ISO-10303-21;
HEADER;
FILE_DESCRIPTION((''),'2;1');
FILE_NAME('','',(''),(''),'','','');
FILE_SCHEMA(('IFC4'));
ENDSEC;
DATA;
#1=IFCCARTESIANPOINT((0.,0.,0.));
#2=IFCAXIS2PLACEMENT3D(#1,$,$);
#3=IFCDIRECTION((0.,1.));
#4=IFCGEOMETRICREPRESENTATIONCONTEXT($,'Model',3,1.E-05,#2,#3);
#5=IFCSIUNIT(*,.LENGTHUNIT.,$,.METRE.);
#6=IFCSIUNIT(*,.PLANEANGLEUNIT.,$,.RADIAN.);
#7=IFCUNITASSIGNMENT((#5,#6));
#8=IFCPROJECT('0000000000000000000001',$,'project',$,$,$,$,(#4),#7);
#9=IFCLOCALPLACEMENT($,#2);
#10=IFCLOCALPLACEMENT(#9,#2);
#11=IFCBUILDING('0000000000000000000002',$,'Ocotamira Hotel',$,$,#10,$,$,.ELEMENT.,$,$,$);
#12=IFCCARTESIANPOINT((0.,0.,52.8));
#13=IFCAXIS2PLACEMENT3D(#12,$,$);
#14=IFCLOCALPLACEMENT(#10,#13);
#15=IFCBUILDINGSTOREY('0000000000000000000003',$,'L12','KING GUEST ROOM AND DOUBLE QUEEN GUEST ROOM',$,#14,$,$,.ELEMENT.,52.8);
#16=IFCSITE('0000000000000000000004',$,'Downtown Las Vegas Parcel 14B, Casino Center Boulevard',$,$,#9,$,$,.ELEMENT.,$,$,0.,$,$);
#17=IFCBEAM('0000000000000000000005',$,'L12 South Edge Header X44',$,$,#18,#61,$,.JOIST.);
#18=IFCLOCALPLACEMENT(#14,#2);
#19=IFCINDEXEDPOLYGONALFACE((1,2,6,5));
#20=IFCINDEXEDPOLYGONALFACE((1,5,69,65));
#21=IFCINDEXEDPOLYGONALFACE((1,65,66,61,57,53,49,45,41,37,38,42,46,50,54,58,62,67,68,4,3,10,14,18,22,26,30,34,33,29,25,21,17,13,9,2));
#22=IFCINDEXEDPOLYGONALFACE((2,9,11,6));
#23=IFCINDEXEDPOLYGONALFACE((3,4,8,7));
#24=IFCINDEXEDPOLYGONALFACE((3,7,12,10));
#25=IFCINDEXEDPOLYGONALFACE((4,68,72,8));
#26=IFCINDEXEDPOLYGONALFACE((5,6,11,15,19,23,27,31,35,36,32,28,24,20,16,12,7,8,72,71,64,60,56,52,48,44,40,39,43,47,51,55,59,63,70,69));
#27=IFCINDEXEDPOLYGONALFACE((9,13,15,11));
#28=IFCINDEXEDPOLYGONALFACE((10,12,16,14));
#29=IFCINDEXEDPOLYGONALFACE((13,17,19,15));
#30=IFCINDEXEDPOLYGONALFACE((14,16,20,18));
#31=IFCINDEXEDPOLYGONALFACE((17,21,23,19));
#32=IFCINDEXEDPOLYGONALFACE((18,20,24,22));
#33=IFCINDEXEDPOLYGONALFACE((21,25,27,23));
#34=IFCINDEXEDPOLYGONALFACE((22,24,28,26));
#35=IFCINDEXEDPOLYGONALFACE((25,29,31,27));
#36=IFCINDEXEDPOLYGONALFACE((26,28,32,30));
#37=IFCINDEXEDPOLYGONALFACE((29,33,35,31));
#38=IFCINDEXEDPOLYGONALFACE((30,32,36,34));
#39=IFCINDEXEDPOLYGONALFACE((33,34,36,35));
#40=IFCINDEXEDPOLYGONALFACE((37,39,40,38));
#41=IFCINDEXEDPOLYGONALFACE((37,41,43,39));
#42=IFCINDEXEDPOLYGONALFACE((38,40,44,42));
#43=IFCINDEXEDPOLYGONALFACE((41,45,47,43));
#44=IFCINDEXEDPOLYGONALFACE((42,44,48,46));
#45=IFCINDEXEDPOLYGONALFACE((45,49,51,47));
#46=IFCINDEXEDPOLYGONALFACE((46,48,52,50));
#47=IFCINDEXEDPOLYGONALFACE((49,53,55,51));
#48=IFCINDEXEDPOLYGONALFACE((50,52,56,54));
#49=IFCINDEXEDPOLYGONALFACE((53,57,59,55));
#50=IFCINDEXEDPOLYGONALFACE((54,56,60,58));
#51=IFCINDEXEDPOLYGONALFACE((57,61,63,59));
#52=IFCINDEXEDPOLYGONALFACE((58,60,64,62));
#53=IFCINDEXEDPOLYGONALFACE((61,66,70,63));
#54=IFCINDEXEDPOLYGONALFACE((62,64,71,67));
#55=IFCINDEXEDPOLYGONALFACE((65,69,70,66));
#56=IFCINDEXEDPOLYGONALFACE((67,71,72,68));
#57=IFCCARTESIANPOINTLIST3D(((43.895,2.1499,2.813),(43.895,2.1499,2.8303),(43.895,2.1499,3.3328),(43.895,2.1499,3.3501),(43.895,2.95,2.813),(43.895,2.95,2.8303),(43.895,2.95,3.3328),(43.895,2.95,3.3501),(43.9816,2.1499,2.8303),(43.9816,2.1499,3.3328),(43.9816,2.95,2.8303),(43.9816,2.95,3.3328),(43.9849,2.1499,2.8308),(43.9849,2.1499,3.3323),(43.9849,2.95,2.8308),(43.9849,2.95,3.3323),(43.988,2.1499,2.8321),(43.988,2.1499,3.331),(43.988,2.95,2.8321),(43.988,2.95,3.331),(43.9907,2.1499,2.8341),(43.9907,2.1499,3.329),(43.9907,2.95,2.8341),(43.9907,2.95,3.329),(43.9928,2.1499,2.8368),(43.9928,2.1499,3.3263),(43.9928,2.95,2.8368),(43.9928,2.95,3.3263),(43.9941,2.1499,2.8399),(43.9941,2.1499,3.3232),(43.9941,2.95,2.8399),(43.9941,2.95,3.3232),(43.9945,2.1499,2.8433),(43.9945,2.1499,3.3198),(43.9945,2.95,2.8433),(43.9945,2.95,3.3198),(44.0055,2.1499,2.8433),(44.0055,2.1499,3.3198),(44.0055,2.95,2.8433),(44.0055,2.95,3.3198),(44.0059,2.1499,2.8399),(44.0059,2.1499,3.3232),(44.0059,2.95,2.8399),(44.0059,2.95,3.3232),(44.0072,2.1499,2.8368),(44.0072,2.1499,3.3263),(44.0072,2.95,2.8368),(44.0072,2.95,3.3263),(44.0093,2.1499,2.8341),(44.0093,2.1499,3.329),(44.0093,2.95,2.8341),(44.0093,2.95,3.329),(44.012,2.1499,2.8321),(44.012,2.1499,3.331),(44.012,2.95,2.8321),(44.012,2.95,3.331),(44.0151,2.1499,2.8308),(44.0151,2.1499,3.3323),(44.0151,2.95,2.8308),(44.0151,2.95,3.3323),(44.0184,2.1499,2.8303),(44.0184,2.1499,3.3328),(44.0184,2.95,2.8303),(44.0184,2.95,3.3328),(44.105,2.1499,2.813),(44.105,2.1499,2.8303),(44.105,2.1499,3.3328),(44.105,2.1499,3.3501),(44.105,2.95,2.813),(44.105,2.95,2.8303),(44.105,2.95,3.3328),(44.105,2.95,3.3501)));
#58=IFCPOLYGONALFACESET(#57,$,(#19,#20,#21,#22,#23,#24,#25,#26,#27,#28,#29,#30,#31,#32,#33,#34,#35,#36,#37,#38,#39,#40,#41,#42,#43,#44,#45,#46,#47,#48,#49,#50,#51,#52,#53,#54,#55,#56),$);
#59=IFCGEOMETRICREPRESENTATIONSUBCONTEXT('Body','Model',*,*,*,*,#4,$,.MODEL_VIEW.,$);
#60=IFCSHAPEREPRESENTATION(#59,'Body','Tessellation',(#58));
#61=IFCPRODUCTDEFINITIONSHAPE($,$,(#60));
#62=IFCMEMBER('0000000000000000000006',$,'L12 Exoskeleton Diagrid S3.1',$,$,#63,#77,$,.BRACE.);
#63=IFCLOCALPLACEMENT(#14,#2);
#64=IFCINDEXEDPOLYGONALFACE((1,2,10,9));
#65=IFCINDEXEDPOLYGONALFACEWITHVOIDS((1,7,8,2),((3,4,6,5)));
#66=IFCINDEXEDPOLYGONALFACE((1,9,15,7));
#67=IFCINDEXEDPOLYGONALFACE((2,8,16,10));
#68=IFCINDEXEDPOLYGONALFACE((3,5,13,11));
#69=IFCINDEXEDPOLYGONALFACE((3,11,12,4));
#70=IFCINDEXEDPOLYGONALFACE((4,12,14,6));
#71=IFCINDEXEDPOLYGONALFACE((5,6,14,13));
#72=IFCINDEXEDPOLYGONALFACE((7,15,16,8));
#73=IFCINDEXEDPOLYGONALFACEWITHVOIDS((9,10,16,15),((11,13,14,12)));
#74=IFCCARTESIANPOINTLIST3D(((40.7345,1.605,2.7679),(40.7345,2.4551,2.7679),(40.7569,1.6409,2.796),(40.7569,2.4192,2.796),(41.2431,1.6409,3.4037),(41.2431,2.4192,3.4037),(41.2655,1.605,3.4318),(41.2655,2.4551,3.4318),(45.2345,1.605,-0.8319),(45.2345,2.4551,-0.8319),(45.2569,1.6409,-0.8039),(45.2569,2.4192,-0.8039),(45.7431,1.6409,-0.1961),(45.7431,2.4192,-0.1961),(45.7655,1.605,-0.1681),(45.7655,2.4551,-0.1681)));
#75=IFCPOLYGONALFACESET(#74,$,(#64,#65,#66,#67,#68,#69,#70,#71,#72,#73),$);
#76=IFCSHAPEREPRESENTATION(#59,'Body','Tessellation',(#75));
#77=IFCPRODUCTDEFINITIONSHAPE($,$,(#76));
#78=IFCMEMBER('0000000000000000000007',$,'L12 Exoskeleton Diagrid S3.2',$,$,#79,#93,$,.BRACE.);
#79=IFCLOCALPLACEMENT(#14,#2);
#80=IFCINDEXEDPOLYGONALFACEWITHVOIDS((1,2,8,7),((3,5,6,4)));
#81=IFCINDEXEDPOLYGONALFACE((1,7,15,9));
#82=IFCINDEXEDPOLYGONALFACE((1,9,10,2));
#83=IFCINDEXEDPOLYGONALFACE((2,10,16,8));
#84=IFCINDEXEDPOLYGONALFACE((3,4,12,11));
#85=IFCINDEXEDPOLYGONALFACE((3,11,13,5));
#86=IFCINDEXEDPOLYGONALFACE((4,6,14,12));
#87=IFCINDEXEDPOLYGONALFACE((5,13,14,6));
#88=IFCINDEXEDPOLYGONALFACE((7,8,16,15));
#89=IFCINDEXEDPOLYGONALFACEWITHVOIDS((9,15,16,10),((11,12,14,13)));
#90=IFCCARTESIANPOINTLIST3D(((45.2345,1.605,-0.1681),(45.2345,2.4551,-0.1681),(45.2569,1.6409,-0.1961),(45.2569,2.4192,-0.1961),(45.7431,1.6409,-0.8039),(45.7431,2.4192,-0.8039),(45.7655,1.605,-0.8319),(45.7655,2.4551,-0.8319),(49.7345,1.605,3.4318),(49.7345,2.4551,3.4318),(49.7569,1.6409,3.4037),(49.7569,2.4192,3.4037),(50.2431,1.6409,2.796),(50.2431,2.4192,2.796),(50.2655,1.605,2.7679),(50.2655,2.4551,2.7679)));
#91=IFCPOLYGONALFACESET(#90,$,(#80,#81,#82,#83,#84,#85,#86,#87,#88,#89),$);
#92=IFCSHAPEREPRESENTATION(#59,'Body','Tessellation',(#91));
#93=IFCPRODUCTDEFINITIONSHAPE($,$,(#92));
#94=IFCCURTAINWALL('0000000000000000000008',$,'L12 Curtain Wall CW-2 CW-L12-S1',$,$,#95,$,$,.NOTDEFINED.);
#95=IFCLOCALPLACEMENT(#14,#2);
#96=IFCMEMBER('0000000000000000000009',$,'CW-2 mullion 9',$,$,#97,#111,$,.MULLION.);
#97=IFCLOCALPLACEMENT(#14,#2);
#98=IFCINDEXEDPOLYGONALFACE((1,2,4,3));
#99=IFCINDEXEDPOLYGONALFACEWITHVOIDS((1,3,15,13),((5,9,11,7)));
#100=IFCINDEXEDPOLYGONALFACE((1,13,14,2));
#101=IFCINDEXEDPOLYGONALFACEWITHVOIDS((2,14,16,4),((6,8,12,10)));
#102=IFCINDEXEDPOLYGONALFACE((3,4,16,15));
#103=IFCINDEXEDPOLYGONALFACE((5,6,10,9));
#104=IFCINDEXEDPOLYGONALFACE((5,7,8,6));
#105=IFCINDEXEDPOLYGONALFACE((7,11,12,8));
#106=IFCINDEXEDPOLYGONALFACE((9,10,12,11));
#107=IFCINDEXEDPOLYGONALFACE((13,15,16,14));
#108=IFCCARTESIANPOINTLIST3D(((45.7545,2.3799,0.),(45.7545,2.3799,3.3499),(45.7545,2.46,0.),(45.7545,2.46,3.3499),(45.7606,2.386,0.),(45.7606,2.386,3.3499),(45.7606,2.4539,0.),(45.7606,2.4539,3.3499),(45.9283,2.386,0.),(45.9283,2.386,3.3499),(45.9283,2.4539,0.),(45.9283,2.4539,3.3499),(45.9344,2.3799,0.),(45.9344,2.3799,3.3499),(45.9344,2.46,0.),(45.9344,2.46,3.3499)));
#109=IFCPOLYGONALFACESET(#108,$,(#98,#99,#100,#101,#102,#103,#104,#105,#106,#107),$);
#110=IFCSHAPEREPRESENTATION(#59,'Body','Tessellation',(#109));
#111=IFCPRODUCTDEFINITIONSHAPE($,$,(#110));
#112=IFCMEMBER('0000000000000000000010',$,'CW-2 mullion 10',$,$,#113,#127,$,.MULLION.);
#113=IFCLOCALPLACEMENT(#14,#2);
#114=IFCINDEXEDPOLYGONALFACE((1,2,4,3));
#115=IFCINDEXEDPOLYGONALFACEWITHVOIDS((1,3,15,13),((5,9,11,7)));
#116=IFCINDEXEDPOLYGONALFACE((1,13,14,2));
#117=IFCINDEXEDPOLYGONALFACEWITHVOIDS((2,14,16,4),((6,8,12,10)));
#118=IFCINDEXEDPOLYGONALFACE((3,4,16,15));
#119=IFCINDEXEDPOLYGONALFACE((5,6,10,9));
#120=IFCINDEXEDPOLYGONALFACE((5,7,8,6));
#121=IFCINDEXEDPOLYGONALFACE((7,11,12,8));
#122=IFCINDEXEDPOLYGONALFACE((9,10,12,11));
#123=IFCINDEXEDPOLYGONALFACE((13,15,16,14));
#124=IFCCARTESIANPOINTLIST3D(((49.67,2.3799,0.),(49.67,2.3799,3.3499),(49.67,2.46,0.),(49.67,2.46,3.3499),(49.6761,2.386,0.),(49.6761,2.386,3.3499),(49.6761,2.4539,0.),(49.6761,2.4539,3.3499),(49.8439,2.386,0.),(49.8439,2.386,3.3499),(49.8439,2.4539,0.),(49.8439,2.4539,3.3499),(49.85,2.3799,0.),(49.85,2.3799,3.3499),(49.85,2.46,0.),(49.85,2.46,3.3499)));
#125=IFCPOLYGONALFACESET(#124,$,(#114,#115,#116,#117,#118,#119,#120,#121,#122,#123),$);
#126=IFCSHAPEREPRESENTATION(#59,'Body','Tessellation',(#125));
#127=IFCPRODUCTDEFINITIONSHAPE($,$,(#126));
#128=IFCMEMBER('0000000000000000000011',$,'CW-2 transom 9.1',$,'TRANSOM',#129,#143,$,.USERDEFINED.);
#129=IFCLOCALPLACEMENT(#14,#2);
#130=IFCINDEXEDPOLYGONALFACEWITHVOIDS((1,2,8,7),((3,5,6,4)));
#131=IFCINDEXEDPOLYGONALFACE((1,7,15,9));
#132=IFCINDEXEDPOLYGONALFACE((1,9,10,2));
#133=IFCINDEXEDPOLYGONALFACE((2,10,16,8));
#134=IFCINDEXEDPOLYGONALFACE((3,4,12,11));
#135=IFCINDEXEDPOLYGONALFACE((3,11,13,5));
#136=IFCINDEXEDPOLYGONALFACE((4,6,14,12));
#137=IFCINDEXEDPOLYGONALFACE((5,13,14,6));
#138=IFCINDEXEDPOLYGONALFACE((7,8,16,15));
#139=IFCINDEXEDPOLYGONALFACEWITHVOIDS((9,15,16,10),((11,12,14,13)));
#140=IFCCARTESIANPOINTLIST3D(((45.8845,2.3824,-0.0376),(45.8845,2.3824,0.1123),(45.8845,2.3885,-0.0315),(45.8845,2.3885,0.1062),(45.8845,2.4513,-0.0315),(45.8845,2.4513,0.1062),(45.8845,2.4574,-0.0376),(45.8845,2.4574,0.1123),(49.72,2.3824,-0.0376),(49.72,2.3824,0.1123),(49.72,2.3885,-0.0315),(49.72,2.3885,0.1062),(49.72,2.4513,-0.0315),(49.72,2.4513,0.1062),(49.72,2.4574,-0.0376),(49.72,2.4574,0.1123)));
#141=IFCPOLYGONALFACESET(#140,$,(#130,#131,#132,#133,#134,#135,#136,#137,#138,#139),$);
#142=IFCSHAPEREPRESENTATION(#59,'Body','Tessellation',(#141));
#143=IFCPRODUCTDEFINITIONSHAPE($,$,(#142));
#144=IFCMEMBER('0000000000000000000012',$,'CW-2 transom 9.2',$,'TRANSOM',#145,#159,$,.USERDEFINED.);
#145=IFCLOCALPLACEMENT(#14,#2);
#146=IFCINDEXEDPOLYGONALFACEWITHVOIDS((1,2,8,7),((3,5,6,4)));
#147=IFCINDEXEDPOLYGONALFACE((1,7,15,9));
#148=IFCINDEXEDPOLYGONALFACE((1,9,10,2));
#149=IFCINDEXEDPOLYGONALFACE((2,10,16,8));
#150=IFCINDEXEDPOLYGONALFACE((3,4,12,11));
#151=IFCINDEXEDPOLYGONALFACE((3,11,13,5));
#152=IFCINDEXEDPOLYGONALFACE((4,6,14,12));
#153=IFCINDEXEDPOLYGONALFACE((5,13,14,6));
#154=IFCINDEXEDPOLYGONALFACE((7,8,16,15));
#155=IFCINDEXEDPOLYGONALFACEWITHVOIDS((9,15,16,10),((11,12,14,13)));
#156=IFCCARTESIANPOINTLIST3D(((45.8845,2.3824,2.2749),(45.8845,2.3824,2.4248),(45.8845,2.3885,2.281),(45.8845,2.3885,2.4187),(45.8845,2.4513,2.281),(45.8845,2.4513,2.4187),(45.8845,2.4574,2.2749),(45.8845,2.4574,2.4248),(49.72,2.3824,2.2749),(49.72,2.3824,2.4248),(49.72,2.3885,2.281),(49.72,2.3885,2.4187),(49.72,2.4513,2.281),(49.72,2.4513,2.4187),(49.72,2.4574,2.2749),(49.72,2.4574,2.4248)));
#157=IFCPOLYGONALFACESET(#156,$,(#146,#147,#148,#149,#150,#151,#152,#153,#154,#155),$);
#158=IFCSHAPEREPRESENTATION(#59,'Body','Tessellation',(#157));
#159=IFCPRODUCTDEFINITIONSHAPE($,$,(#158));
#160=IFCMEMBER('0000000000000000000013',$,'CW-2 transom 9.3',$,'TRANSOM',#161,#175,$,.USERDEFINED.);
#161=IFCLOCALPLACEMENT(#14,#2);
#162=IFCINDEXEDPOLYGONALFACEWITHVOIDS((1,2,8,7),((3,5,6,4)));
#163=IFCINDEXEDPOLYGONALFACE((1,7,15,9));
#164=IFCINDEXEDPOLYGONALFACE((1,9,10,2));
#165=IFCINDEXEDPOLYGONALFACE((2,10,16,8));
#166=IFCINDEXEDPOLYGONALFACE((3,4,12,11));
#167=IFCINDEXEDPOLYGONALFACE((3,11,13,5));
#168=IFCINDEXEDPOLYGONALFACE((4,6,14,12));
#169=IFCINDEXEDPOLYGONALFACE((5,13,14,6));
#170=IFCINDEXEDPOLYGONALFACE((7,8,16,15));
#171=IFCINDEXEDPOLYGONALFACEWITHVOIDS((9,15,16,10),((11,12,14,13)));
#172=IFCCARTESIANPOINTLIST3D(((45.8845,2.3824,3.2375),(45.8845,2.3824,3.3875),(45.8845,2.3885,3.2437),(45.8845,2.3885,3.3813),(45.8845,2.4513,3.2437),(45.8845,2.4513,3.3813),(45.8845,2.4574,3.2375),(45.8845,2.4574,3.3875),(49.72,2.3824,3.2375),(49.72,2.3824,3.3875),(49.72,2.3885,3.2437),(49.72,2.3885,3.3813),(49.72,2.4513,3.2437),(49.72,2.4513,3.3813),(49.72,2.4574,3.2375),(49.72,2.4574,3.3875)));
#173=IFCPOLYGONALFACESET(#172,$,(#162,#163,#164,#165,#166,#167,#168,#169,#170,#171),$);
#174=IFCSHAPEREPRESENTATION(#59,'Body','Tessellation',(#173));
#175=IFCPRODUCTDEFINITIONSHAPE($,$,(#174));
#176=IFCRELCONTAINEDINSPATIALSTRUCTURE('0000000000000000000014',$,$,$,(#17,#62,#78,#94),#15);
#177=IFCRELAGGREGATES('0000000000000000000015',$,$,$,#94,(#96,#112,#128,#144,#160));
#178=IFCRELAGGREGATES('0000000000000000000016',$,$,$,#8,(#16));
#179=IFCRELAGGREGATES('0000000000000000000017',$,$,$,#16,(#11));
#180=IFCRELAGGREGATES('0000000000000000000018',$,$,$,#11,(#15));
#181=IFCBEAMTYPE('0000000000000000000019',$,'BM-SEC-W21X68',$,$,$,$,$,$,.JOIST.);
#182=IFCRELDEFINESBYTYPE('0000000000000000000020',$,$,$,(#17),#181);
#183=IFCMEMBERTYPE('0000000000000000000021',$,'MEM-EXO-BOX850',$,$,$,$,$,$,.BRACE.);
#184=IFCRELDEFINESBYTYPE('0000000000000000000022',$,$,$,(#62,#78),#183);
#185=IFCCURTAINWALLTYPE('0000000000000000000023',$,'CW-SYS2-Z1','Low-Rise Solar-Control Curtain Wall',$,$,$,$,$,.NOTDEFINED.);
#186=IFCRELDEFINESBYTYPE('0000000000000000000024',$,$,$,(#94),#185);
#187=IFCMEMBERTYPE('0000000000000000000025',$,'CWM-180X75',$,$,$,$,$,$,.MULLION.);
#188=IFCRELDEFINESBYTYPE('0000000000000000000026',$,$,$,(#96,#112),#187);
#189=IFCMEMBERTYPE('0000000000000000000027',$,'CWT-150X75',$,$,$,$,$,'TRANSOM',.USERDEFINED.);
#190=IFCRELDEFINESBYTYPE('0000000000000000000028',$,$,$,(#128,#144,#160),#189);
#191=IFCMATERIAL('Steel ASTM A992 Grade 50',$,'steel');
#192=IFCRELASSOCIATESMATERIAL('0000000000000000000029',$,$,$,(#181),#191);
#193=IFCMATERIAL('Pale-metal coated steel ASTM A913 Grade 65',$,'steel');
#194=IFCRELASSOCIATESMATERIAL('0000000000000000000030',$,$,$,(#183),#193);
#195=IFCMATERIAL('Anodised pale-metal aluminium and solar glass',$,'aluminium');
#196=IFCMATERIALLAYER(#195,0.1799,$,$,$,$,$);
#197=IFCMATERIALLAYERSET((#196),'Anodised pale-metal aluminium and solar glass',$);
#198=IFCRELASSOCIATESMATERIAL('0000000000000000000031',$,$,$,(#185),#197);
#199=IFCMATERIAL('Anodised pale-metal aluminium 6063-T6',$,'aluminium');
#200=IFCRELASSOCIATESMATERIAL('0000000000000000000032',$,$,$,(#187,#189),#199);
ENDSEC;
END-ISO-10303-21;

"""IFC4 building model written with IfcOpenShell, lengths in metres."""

from ifc_helpers import new_model, si_unit, direction, frame, origin, origin_2d, place, context, subcontext, project, spatial, hollow_rectangle, i_section, extrude, source, transform, mapped, material, layer, layer_set, material_profile, profile_set, type_object, element, aggregate, save


model = new_model("IFC4")

# Units and contexts
model_context = context("Model", 3, precision=1e-05, world=origin(), true_north=direction((0.0, 1.0)))
body_context = subcontext(model_context, "Body", "Model", "MODEL_VIEW")
ifc_project = project(units=[si_unit("LENGTHUNIT", "METRE"), si_unit("PLANEANGLEUNIT", "RADIAN")], contexts=[model_context])

# Site, building, storey
site_placement = place(None, origin())
site = spatial("IfcSite", under=ifc_project, at=site_placement, Name="Downtown Las Vegas Parcel 14B, Casino Center Boulevard", CompositionType="ELEMENT", RefElevation=0.0)
building_placement = place(site_placement, origin())
building = spatial("IfcBuilding", under=site, at=building_placement, Name="Ocotamira Hotel", CompositionType="ELEMENT")
storey_placement = place(building_placement, frame((0.0, 0.0, 52.8)))
storey = spatial("IfcBuildingStorey", under=building, at=storey_placement, Name="L12", Description="KING GUEST ROOM AND DOUBLE QUEEN GUEST ROOM", CompositionType="ELEMENT", Elevation=52.8)

# Beam
ifc_material_1 = material(Name="Steel ASTM A992 Grade 50", Category="steel")
ifc_material_profile_1 = material_profile(ifc_material_1, i_section(OverallWidth=0.21, OverallDepth=0.5371, WebThickness=0.011, FlangeThickness=0.0173, FilletRadius=0.0129, at=origin_2d()), Name="W21X68")
ifc_profile_set_1 = profile_set([ifc_material_profile_1], Name="Steel ASTM A992 Grade 50")
beam_type = type_object("IfcBeamType", Name="BM-SEC-W21X68", PredefinedType="JOIST", material=ifc_profile_set_1)
shared_shape_1 = source(origin(), body_context, "Body", "SweptSolid", [
    extrude(i_section(OverallWidth=0.21, OverallDepth=0.5371, WebThickness=0.011, FlangeThickness=0.0173, FilletRadius=0.0129, at=origin_2d()), origin(), (0.0, 0.0, 1.0), 0.8),
])
beam_placement = place(storey_placement, frame((44.0, 2.95, 3.0815), z_axis=(0.0, -1.0, 0.0), x_axis=(1.0, 0.0, 0.0)))
element("IfcBeam", 1, at=beam_placement, inside=storey, type_object=beam_type, Name="L12 South Edge Header X44", PredefinedType="JOIST", context=body_context, shape_type="MappedRepresentation", body=[
    mapped(shared_shape_1, transform((0.0, 0.0, 0.0), scale=1.0)),
])

# Members
ifc_material_2 = material(Name="Pale-metal coated steel ASTM A913 Grade 65", Category="steel")
ifc_material_profile_2 = material_profile(ifc_material_2, hollow_rectangle(XDim=0.8501, YDim=0.8501, WallThickness=0.0359, at=origin_2d()), Name="BOX850X850X36")
ifc_profile_set_2 = profile_set([ifc_material_profile_2], Name="Pale-metal coated steel ASTM A913 Grade 65")
member_type_1 = type_object("IfcMemberType", Name="MEM-EXO-BOX850", PredefinedType="BRACE", material=ifc_profile_set_2)
shared_shape_2 = source(origin(), body_context, "Body", "SweptSolid", [
    extrude(hollow_rectangle(XDim=0.8501, YDim=0.8501, WallThickness=0.0359, at=origin_2d()), origin(), (0.0, 0.0, 1.0), 5.7627),
])
for number, where, z_axis, x_axis, name in (
    (2, (45.5, 2.03, -0.5), (-0.780881, 0.0, 0.62468), (0.0, -1.0, 0.0), "L12 Exoskeleton Diagrid S3.1"),
    (3, (45.5, 2.03, -0.5), (0.780881, 0.0, 0.62468), (0.0, 1.0, 0.0), "L12 Exoskeleton Diagrid S3.2"),
):
    element("IfcMember", number, at=place(storey_placement, frame(where, z_axis=z_axis, x_axis=x_axis)), inside=storey, type_object=member_type_1, Name=name, PredefinedType="BRACE", context=body_context, shape_type="MappedRepresentation", body=[
        mapped(shared_shape_2, transform((0.0, 0.0, 0.0), scale=1.0)),
    ])

# Curtain wall, members
ifc_material_3 = material(Name="Anodised pale-metal aluminium and solar glass", Category="aluminium")
ifc_layer_1 = layer(ifc_material_3, 0.1799)
ifc_layer_set_1 = layer_set([ifc_layer_1], Name="Anodised pale-metal aluminium and solar glass")
curtain_wall_type = type_object("IfcCurtainWallType", Name="CW-SYS2-Z1", Description="Low-Rise Solar-Control Curtain Wall", PredefinedType="NOTDEFINED", material=ifc_layer_set_1)
curtain_wall_placement = place(storey_placement, origin())
curtain_wall = element("IfcCurtainWall", 4, at=curtain_wall_placement, inside=storey, type_object=curtain_wall_type, Name="L12 Curtain Wall CW-2 CW-L12-S1", PredefinedType="NOTDEFINED")
ifc_material_4 = material(Name="Anodised pale-metal aluminium 6063-T6", Category="aluminium")
ifc_material_profile_3 = material_profile(ifc_material_4, hollow_rectangle(XDim=0.0801, YDim=0.1799, WallThickness=0.0061, at=origin_2d()), Name="HSS180X80X6")
ifc_profile_set_3 = profile_set([ifc_material_profile_3], Name="Anodised pale-metal aluminium 6063-T6")
member_type_2 = type_object("IfcMemberType", Name="CWM-180X75", PredefinedType="MULLION", material=ifc_profile_set_3)
shared_shape_3 = source(origin(), body_context, "Body", "SweptSolid", [
    extrude(hollow_rectangle(XDim=0.0801, YDim=0.1799, WallThickness=0.0061, at=origin_2d()), origin(), (0.0, 0.0, 1.0), 3.3499),
])
member_1_placement = place(storey_placement, frame((45.8445, 2.4199, 0.0), z_axis=(0.0, 0.0, 1.0), x_axis=(0.0, 1.0, 0.0)))
member_1 = element("IfcMember", 5, at=member_1_placement, type_object=member_type_2, Name="CW-2 mullion 9", PredefinedType="MULLION", context=body_context, shape_type="MappedRepresentation", body=[
    mapped(shared_shape_3, transform((0.0, 0.0, 0.0), scale=1.0)),
])
member_2_placement = place(storey_placement, frame((49.76, 2.4199, 0.0), z_axis=(0.0, 0.0, 1.0), x_axis=(0.0, 1.0, 0.0)))
member_2 = element("IfcMember", 6, at=member_2_placement, type_object=member_type_2, Name="CW-2 mullion 10", PredefinedType="MULLION", context=body_context, shape_type="MappedRepresentation", body=[
    mapped(shared_shape_3, transform((0.0, 0.0, 0.0), scale=1.0)),
])
ifc_material_profile_4 = material_profile(ifc_material_4, hollow_rectangle(XDim=0.075, YDim=0.1499, WallThickness=0.0061, at=origin_2d()), Name="HSS150X75X6")
ifc_profile_set_4 = profile_set([ifc_material_profile_4], Name="Anodised pale-metal aluminium 6063-T6")
member_type_3 = type_object("IfcMemberType", Name="CWT-150X75", ElementType="TRANSOM", PredefinedType="USERDEFINED", material=ifc_profile_set_4)
shared_shape_4 = source(origin(), body_context, "Body", "SweptSolid", [
    extrude(hollow_rectangle(XDim=0.075, YDim=0.1499, WallThickness=0.0061, at=origin_2d()), origin(), (0.0, 0.0, 1.0), 3.8354),
])
member_3_placement = place(storey_placement, frame((45.8845, 2.4199, 0.0374), z_axis=(1.0, 0.0, 0.0), x_axis=(0.0, 1.0, 0.0)))
member_3 = element("IfcMember", 7, at=member_3_placement, type_object=member_type_3, Name="CW-2 transom 9.1", ObjectType="TRANSOM", PredefinedType="USERDEFINED", context=body_context, shape_type="MappedRepresentation", body=[
    mapped(shared_shape_4, transform((0.0, 0.0, 0.0), scale=1.0)),
])
member_4_placement = place(storey_placement, frame((45.8845, 2.4199, 2.3499), z_axis=(1.0, 0.0, 0.0), x_axis=(0.0, 1.0, 0.0)))
member_4 = element("IfcMember", 8, at=member_4_placement, type_object=member_type_3, Name="CW-2 transom 9.2", ObjectType="TRANSOM", PredefinedType="USERDEFINED", context=body_context, shape_type="MappedRepresentation", body=[
    mapped(shared_shape_4, transform((0.0, 0.0, 0.0), scale=1.0)),
])
member_5_placement = place(storey_placement, frame((45.8845, 2.4199, 3.3125), z_axis=(1.0, 0.0, 0.0), x_axis=(0.0, 1.0, 0.0)))
member_5 = element("IfcMember", 9, at=member_5_placement, type_object=member_type_3, Name="CW-2 transom 9.3", ObjectType="TRANSOM", PredefinedType="USERDEFINED", context=body_context, shape_type="MappedRepresentation", body=[
    mapped(shared_shape_4, transform((0.0, 0.0, 0.0), scale=1.0)),
])

aggregate(curtain_wall, [member_1, member_2, member_3, member_4, member_5])

save(model, "model.ifc")
